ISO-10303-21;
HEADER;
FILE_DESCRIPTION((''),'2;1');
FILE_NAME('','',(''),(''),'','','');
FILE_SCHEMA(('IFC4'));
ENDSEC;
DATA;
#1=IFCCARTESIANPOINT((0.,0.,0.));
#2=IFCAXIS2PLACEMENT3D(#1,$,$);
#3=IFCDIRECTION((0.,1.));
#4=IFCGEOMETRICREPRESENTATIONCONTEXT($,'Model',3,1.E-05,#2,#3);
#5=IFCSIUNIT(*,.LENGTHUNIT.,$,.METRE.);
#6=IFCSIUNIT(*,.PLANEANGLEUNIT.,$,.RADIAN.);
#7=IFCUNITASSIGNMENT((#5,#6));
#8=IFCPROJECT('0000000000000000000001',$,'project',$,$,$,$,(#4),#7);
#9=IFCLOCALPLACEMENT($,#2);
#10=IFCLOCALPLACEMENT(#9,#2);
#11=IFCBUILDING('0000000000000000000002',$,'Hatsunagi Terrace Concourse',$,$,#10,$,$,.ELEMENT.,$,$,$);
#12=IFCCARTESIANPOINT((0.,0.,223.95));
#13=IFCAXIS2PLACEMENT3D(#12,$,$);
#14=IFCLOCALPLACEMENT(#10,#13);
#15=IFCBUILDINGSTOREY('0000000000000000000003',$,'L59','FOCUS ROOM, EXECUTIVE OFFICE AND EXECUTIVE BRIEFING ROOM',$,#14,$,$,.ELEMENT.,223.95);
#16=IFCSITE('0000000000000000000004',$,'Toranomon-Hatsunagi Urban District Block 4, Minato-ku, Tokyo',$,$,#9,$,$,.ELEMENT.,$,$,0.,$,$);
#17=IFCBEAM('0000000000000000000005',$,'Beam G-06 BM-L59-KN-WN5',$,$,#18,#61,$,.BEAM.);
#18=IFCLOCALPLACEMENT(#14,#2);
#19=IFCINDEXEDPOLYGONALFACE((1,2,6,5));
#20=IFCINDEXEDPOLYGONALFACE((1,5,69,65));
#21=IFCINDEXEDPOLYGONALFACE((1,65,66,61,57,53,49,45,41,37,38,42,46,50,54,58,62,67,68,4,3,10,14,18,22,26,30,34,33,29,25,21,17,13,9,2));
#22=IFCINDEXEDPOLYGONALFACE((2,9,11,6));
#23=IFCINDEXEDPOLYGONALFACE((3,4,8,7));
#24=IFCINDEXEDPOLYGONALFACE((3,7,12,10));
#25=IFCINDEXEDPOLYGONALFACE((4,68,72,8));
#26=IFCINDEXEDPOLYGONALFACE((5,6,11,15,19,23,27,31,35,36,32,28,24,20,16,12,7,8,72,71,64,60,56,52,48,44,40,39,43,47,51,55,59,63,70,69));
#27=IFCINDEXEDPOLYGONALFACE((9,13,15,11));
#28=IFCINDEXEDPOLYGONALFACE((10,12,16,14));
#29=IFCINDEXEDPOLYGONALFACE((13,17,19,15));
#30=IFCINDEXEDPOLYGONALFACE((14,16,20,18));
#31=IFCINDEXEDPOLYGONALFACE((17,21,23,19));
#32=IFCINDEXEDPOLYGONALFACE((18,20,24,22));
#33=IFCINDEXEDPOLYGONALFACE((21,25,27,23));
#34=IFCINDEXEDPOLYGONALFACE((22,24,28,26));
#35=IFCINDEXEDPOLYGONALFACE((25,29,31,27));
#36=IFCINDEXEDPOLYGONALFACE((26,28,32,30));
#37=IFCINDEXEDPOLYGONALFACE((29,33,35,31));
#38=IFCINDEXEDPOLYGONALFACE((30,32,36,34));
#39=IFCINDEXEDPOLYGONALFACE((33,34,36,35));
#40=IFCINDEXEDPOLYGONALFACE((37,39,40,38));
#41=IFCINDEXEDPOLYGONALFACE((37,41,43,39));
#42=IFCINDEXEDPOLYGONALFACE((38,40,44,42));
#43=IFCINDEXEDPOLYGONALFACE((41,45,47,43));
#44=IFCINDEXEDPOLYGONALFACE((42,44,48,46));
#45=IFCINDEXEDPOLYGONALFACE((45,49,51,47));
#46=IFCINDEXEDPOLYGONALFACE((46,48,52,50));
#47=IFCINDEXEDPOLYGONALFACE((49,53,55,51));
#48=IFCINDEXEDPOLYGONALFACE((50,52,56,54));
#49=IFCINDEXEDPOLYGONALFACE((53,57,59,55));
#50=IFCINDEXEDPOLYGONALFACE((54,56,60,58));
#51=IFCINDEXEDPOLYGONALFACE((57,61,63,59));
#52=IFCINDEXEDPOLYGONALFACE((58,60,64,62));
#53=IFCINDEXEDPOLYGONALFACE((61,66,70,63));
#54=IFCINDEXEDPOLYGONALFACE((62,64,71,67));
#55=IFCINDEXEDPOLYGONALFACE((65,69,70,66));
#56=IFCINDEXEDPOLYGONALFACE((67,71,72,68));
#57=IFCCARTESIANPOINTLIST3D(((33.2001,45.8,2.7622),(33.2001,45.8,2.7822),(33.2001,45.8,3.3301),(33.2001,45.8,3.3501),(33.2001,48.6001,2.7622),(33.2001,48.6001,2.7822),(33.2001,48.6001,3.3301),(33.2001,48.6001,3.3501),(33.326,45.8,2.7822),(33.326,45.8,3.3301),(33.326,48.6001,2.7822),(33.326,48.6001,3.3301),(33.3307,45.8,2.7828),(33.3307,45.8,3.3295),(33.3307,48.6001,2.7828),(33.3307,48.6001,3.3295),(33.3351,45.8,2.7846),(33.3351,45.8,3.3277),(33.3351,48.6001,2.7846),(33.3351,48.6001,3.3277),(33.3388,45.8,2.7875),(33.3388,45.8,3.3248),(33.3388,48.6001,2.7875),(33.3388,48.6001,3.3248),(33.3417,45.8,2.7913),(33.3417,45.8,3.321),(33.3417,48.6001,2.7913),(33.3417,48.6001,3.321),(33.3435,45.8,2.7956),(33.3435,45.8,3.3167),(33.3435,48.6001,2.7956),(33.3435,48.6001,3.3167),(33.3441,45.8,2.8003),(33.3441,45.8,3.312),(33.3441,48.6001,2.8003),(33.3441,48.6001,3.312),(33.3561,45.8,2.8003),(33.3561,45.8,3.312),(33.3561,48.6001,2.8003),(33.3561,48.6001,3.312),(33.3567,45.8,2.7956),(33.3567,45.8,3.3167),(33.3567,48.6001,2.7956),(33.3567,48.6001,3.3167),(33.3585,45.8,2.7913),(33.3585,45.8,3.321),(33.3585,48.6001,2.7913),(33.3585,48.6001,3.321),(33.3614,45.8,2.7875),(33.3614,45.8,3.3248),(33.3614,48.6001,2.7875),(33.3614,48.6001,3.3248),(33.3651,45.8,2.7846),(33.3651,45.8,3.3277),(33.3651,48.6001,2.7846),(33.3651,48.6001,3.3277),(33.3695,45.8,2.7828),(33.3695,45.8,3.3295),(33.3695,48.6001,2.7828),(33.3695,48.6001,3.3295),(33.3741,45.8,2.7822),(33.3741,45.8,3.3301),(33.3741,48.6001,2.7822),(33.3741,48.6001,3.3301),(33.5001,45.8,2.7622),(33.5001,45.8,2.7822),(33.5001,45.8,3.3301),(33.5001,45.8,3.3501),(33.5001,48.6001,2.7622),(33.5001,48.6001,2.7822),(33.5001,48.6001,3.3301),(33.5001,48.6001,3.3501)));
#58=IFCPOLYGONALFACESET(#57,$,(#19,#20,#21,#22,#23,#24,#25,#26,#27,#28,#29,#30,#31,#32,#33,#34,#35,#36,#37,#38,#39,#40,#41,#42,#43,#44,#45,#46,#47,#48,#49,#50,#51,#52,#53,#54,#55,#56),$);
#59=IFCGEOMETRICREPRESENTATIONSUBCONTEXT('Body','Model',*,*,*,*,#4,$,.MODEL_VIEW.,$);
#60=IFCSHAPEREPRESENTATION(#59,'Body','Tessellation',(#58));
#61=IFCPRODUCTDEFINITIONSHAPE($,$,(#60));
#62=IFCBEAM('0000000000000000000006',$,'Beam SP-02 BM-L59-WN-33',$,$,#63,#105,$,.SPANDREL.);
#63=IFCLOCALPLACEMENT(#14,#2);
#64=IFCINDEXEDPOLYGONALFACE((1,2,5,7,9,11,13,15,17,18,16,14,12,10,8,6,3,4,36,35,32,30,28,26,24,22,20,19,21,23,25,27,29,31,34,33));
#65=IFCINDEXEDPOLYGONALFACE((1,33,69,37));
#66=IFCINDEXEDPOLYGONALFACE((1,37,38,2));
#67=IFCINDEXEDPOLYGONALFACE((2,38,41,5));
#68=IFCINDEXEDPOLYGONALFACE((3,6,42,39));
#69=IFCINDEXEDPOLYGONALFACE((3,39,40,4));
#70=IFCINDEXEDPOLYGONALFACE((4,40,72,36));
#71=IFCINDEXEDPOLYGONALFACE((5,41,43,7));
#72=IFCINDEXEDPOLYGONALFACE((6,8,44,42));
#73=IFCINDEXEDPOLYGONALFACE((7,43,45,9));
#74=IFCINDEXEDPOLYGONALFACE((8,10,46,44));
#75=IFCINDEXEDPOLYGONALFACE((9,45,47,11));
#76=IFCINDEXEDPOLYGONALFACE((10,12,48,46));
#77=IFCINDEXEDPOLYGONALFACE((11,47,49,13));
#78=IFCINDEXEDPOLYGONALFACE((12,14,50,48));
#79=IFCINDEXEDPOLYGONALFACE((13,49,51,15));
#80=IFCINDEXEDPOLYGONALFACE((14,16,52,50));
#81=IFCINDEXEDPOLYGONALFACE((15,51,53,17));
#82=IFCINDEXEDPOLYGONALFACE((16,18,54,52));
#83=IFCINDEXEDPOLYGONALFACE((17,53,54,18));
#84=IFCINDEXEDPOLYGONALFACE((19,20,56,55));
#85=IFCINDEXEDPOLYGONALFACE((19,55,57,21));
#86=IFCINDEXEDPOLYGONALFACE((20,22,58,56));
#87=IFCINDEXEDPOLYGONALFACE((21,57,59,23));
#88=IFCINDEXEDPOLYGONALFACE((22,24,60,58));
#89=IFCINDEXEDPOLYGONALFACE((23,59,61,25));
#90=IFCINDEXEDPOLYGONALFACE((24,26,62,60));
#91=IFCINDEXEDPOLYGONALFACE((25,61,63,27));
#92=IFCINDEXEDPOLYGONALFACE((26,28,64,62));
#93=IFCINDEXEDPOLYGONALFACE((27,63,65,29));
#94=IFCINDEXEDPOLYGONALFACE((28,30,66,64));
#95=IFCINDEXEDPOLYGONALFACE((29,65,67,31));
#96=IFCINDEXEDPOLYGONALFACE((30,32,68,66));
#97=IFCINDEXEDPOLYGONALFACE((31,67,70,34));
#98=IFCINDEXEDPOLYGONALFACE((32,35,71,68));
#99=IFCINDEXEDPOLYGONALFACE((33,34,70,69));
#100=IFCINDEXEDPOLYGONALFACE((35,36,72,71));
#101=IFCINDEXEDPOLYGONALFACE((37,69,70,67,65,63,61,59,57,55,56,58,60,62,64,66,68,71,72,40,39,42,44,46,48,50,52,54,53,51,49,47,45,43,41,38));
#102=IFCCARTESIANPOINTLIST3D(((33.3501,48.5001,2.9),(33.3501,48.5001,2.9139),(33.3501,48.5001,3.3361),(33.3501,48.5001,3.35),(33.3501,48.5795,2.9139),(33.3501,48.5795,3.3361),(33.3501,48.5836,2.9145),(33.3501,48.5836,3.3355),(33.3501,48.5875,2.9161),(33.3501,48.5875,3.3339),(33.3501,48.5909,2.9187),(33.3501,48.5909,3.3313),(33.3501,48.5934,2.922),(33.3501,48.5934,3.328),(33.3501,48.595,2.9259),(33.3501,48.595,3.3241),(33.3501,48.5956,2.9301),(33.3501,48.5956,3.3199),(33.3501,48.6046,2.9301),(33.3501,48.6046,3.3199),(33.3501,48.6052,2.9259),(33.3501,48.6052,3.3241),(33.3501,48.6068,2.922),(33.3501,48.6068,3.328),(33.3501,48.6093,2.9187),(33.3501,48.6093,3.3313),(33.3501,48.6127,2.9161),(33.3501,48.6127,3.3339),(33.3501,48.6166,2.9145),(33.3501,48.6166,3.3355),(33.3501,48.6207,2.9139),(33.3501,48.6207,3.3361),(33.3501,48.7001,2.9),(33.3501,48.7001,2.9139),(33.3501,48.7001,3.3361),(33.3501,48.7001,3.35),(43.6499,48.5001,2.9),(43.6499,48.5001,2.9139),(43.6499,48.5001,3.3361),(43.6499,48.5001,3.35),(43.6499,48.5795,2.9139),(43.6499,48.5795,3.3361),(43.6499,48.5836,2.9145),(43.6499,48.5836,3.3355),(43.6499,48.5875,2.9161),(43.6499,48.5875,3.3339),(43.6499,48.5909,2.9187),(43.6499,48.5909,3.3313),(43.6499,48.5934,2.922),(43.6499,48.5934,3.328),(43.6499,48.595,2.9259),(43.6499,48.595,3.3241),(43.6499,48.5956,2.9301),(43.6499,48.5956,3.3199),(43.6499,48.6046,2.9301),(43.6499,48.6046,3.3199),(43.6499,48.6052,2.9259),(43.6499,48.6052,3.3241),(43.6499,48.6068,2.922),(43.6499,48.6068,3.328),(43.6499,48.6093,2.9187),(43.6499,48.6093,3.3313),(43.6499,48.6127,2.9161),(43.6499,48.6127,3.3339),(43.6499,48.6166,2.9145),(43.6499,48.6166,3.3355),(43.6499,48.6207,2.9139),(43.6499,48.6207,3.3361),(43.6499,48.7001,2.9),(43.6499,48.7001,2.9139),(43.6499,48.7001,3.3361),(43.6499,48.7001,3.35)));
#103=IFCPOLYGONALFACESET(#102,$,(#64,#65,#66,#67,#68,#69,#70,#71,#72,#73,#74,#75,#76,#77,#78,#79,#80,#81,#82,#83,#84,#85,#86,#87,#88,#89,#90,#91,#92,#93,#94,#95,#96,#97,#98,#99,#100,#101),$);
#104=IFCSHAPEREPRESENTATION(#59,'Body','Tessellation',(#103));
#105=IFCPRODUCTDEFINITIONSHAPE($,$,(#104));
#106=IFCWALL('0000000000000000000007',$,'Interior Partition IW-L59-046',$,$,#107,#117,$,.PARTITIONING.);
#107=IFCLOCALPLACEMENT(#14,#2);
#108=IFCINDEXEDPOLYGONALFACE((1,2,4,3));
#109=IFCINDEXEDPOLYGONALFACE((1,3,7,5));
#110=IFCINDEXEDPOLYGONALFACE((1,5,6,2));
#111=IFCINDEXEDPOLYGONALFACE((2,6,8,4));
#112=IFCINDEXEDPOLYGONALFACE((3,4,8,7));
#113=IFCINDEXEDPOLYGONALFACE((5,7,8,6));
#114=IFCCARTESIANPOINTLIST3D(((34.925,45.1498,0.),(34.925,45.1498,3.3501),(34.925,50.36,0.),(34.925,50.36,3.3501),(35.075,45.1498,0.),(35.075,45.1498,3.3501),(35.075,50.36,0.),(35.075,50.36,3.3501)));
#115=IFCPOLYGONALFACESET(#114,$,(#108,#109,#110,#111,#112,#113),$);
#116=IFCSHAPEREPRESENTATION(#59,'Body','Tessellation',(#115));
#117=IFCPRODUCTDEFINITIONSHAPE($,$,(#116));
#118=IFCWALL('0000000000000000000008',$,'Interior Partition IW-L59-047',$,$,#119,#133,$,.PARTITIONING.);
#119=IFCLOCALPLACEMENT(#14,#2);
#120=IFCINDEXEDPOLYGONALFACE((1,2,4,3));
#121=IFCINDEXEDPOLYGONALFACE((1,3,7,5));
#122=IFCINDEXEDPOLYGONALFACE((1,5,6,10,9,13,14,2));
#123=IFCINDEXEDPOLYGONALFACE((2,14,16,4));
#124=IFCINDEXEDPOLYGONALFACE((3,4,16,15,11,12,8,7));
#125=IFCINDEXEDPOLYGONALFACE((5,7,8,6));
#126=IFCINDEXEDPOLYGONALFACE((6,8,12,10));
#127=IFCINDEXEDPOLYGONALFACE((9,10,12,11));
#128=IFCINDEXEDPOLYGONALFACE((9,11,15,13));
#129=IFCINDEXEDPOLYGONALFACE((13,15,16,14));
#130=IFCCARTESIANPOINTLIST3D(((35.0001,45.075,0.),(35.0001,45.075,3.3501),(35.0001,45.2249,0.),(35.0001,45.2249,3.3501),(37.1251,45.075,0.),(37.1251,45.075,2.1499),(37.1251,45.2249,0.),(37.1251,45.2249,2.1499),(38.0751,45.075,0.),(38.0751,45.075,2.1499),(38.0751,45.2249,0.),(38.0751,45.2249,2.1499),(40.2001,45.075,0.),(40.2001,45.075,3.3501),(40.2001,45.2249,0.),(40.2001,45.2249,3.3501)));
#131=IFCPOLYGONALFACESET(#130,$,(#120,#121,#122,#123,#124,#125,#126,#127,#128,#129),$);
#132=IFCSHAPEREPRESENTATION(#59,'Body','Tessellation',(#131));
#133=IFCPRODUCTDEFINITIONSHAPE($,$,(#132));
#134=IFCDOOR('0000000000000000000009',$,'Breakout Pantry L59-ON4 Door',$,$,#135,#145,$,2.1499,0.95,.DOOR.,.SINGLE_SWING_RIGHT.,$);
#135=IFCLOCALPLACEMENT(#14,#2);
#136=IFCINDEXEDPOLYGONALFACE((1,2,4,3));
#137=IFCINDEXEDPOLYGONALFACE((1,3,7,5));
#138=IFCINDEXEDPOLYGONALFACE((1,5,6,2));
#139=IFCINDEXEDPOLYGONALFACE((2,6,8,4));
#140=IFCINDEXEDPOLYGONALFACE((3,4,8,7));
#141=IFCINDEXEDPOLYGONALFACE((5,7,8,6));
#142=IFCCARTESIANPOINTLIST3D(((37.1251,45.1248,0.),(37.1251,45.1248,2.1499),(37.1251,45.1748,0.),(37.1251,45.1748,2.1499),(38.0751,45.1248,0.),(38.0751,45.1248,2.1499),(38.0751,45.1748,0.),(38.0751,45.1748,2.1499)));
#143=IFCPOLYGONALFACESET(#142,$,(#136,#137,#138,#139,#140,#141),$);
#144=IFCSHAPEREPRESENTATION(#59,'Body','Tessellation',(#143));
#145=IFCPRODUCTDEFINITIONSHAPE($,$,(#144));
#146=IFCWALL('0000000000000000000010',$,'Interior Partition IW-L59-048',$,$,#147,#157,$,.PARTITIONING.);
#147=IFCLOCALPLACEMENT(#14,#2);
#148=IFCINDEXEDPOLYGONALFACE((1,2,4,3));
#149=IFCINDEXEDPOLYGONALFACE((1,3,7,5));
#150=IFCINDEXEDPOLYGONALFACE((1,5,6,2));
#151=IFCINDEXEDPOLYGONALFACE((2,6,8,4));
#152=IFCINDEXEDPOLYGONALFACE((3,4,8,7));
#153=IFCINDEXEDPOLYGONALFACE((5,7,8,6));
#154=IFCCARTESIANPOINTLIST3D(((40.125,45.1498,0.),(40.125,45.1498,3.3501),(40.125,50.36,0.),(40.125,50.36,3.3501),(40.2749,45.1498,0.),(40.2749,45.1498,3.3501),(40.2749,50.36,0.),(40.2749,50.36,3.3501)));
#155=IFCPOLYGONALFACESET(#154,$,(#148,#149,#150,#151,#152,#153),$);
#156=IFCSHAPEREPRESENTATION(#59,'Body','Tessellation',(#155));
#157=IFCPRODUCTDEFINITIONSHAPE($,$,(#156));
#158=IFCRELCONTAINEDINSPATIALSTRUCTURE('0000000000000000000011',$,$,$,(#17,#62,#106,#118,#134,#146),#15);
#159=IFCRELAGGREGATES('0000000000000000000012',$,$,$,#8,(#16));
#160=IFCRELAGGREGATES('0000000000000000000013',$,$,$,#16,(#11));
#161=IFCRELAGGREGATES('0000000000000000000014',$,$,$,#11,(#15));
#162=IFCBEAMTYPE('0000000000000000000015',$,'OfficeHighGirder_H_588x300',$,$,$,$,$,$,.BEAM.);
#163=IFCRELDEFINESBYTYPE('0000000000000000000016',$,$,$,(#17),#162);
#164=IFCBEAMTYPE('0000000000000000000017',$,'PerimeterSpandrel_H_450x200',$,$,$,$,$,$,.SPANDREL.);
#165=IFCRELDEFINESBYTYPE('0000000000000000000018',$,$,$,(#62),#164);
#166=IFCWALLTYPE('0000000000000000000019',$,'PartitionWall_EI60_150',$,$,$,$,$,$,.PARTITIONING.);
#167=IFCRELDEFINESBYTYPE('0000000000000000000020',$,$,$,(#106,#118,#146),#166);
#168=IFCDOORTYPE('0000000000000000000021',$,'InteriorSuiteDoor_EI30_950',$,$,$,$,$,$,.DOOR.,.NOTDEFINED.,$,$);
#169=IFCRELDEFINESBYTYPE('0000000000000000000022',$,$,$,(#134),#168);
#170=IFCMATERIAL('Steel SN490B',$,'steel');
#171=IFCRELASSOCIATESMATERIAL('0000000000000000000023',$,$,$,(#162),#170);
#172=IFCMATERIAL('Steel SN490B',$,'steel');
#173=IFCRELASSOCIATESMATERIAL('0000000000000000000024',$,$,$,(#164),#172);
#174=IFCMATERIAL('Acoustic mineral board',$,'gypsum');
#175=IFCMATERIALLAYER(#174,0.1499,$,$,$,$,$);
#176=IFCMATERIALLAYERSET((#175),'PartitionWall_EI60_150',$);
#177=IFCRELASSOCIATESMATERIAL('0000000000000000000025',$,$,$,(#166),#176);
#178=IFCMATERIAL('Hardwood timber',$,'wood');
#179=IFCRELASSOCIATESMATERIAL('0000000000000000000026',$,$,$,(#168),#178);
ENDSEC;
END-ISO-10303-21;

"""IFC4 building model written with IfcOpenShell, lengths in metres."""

from ifc_helpers import new_model, si_unit, direction, frame, frame_2d, origin, origin_2d, place, context, subcontext, project, spatial, rectangle, i_section, extrude, material, layer, layer_set, material_profile, profile_set, type_object, element, fill, save


model = new_model("IFC4")

# Units and contexts
model_context = context("Model", 3, precision=1e-05, world=origin(), true_north=direction((0.0, 1.0)))
body_context = subcontext(model_context, "Body", "Model", "MODEL_VIEW")
ifc_project = project(units=[si_unit("LENGTHUNIT", "METRE"), si_unit("PLANEANGLEUNIT", "RADIAN")], contexts=[model_context])

# Site, building, storey
site_placement = place(None, origin())
site = spatial("IfcSite", under=ifc_project, at=site_placement, Name="Toranomon-Hatsunagi Urban District Block 4, Minato-ku, Tokyo", CompositionType="ELEMENT", RefElevation=0.0)
building_placement = place(site_placement, origin())
building = spatial("IfcBuilding", under=site, at=building_placement, Name="Hatsunagi Terrace Concourse", CompositionType="ELEMENT")
storey_placement = place(building_placement, frame((0.0, 0.0, 223.95)))
storey = spatial("IfcBuildingStorey", under=building, at=storey_placement, Name="L59", Description="FOCUS ROOM, EXECUTIVE OFFICE AND EXECUTIVE BRIEFING ROOM", CompositionType="ELEMENT", Elevation=223.95)

# Beams
ifc_material_1 = material(Name="Steel SN490B", Category="steel")
ifc_material_profile_1 = material_profile(ifc_material_1, i_section(OverallWidth=0.3, OverallDepth=0.5879, WebThickness=0.012, FlangeThickness=0.02, FilletRadius=0.0181, at=origin_2d()), Name="H-588x300x12x20")
ifc_profile_set_1 = profile_set([ifc_material_profile_1], Name="Steel SN490B")
beam_type_1 = type_object("IfcBeamType", Name="OfficeHighGirder_H_588x300", PredefinedType="BEAM", material=ifc_profile_set_1)
beam_1_placement = place(storey_placement, frame((33.3501, 45.8, 3.0562), z_axis=(0.0, 1.0, 0.0), x_axis=(-1.0, 0.0, 0.0)))
element("IfcBeam", 1, at=beam_1_placement, inside=storey, type_object=beam_type_1, Name="Beam G-06 BM-L59-KN-WN5", PredefinedType="BEAM", context=body_context, shape_type="SweptSolid", body=[
    extrude(i_section(OverallWidth=0.3, OverallDepth=0.5879, WebThickness=0.012, FlangeThickness=0.02, FilletRadius=0.0181, at=origin_2d()), origin(), (0.0, 0.0, 1.0), 2.8),
])
ifc_material_2 = material(Name="Steel SN490B", Category="steel")
ifc_material_profile_2 = material_profile(ifc_material_2, i_section(OverallWidth=0.2, OverallDepth=0.45, WebThickness=0.009, FlangeThickness=0.0139, FilletRadius=0.0161, at=origin_2d()), Name="H-450x200x9x14")
ifc_profile_set_2 = profile_set([ifc_material_profile_2], Name="Steel SN490B")
beam_type_2 = type_object("IfcBeamType", Name="PerimeterSpandrel_H_450x200", PredefinedType="SPANDREL", material=ifc_profile_set_2)
beam_2_placement = place(storey_placement, frame((33.3501, 48.6001, 3.125), z_axis=(1.0, 0.0, 0.0), x_axis=(0.0, 1.0, 0.0)))
element("IfcBeam", 2, at=beam_2_placement, inside=storey, type_object=beam_type_2, Name="Beam SP-02 BM-L59-WN-33", PredefinedType="SPANDREL", context=body_context, shape_type="SweptSolid", body=[
    extrude(i_section(OverallWidth=0.2, OverallDepth=0.45, WebThickness=0.009, FlangeThickness=0.0139, FilletRadius=0.0161, at=origin_2d()), origin(), (0.0, 0.0, 1.0), 10.2998),
])

# Wall
ifc_material_3 = material(Name="Acoustic mineral board", Category="gypsum")
ifc_layer_1 = layer(ifc_material_3, 0.1499)
ifc_layer_set_1 = layer_set([ifc_layer_1], Name="PartitionWall_EI60_150")
wall_type_1 = type_object("IfcWallType", Name="PartitionWall_EI60_150", PredefinedType="PARTITIONING", material=ifc_layer_set_1)
wall_1_placement = place(storey_placement, frame((35.0, 45.1499, 0.0), z_axis=(0.0, 0.0, 1.0), x_axis=(0.0, 1.0, 0.0)))
element("IfcWall", 3, at=wall_1_placement, inside=storey, type_object=wall_type_1, Name="Interior Partition IW-L59-046", PredefinedType="PARTITIONING", context=body_context, shape_type="SweptSolid", body=[
    extrude(rectangle(XDim=5.2102, YDim=0.1499, at=frame_2d((2.605, 0.0))), origin(), (0.0, 0.0, 1.0), 3.3501),
])

# Wall, opening, door
wall_2_placement = place(storey_placement, frame((35.0, 45.1499, 0.0), z_axis=(0.0, 0.0, 1.0), x_axis=(1.0, 0.0, 0.0)))
wall_2 = element("IfcWall", 4, at=wall_2_placement, inside=storey, type_object=wall_type_1, Name="Interior Partition IW-L59-047", PredefinedType="PARTITIONING", context=body_context, shape_type="SweptSolid", body=[
    extrude(rectangle(XDim=5.2, YDim=0.1499, at=frame_2d((2.6001, 0.0))), origin(), (0.0, 0.0, 1.0), 3.3501),
])
opening_1_placement = place(wall_2_placement, frame((2.125, 0.0, 0.0)))
opening_1 = element("IfcOpeningElement", 5, at=opening_1_placement, cuts=wall_2, PredefinedType="OPENING", context=body_context, shape_type="SweptSolid", body=[
    extrude(rectangle(XDim=0.95, YDim=2.1499, at=frame_2d((0.4751, 1.075))), frame((0.0, 0.085, 0.0), z_axis=(0.0, -1.0, 0.0), x_axis=(1.0, 0.0, 0.0)), (0.0, 0.0, 1.0), 0.1699),
])
ifc_material_4 = material(Name="Hardwood timber", Category="wood")
door_type_1 = type_object("IfcDoorType", Name="InteriorSuiteDoor_EI30_950", OperationType="NOTDEFINED", PredefinedType="DOOR", material=ifc_material_4)
door_1_placement = place(opening_1_placement, origin())
door_1 = element("IfcDoor", 6, at=door_1_placement, inside=storey, type_object=door_type_1, Name="Breakout Pantry L59-ON4 Door", OperationType="SINGLE_SWING_RIGHT", OverallHeight=2.1499, OverallWidth=0.95, PredefinedType="DOOR", context=body_context, shape_type="SweptSolid", body=[
    extrude(rectangle(XDim=0.95, YDim=2.1499, at=frame_2d((0.4751, 1.075))), frame((0.0, 0.0249, 0.0), z_axis=(0.0, -1.0, 0.0), x_axis=(1.0, 0.0, 0.0)), (0.0, 0.0, 1.0), 0.05),
])
fill(opening_1, door_1)

# Wall
wall_3_placement = place(storey_placement, frame((40.2, 45.1499, 0.0), z_axis=(0.0, 0.0, 1.0), x_axis=(0.0, 1.0, 0.0)))
element("IfcWall", 7, at=wall_3_placement, inside=storey, type_object=wall_type_1, Name="Interior Partition IW-L59-048", PredefinedType="PARTITIONING", context=body_context, shape_type="SweptSolid", body=[
    extrude(rectangle(XDim=5.2102, YDim=0.1499, at=frame_2d((2.605, 0.0))), origin(), (0.0, 0.0, 1.0), 3.3501),
])

save(model, "model.ifc")
